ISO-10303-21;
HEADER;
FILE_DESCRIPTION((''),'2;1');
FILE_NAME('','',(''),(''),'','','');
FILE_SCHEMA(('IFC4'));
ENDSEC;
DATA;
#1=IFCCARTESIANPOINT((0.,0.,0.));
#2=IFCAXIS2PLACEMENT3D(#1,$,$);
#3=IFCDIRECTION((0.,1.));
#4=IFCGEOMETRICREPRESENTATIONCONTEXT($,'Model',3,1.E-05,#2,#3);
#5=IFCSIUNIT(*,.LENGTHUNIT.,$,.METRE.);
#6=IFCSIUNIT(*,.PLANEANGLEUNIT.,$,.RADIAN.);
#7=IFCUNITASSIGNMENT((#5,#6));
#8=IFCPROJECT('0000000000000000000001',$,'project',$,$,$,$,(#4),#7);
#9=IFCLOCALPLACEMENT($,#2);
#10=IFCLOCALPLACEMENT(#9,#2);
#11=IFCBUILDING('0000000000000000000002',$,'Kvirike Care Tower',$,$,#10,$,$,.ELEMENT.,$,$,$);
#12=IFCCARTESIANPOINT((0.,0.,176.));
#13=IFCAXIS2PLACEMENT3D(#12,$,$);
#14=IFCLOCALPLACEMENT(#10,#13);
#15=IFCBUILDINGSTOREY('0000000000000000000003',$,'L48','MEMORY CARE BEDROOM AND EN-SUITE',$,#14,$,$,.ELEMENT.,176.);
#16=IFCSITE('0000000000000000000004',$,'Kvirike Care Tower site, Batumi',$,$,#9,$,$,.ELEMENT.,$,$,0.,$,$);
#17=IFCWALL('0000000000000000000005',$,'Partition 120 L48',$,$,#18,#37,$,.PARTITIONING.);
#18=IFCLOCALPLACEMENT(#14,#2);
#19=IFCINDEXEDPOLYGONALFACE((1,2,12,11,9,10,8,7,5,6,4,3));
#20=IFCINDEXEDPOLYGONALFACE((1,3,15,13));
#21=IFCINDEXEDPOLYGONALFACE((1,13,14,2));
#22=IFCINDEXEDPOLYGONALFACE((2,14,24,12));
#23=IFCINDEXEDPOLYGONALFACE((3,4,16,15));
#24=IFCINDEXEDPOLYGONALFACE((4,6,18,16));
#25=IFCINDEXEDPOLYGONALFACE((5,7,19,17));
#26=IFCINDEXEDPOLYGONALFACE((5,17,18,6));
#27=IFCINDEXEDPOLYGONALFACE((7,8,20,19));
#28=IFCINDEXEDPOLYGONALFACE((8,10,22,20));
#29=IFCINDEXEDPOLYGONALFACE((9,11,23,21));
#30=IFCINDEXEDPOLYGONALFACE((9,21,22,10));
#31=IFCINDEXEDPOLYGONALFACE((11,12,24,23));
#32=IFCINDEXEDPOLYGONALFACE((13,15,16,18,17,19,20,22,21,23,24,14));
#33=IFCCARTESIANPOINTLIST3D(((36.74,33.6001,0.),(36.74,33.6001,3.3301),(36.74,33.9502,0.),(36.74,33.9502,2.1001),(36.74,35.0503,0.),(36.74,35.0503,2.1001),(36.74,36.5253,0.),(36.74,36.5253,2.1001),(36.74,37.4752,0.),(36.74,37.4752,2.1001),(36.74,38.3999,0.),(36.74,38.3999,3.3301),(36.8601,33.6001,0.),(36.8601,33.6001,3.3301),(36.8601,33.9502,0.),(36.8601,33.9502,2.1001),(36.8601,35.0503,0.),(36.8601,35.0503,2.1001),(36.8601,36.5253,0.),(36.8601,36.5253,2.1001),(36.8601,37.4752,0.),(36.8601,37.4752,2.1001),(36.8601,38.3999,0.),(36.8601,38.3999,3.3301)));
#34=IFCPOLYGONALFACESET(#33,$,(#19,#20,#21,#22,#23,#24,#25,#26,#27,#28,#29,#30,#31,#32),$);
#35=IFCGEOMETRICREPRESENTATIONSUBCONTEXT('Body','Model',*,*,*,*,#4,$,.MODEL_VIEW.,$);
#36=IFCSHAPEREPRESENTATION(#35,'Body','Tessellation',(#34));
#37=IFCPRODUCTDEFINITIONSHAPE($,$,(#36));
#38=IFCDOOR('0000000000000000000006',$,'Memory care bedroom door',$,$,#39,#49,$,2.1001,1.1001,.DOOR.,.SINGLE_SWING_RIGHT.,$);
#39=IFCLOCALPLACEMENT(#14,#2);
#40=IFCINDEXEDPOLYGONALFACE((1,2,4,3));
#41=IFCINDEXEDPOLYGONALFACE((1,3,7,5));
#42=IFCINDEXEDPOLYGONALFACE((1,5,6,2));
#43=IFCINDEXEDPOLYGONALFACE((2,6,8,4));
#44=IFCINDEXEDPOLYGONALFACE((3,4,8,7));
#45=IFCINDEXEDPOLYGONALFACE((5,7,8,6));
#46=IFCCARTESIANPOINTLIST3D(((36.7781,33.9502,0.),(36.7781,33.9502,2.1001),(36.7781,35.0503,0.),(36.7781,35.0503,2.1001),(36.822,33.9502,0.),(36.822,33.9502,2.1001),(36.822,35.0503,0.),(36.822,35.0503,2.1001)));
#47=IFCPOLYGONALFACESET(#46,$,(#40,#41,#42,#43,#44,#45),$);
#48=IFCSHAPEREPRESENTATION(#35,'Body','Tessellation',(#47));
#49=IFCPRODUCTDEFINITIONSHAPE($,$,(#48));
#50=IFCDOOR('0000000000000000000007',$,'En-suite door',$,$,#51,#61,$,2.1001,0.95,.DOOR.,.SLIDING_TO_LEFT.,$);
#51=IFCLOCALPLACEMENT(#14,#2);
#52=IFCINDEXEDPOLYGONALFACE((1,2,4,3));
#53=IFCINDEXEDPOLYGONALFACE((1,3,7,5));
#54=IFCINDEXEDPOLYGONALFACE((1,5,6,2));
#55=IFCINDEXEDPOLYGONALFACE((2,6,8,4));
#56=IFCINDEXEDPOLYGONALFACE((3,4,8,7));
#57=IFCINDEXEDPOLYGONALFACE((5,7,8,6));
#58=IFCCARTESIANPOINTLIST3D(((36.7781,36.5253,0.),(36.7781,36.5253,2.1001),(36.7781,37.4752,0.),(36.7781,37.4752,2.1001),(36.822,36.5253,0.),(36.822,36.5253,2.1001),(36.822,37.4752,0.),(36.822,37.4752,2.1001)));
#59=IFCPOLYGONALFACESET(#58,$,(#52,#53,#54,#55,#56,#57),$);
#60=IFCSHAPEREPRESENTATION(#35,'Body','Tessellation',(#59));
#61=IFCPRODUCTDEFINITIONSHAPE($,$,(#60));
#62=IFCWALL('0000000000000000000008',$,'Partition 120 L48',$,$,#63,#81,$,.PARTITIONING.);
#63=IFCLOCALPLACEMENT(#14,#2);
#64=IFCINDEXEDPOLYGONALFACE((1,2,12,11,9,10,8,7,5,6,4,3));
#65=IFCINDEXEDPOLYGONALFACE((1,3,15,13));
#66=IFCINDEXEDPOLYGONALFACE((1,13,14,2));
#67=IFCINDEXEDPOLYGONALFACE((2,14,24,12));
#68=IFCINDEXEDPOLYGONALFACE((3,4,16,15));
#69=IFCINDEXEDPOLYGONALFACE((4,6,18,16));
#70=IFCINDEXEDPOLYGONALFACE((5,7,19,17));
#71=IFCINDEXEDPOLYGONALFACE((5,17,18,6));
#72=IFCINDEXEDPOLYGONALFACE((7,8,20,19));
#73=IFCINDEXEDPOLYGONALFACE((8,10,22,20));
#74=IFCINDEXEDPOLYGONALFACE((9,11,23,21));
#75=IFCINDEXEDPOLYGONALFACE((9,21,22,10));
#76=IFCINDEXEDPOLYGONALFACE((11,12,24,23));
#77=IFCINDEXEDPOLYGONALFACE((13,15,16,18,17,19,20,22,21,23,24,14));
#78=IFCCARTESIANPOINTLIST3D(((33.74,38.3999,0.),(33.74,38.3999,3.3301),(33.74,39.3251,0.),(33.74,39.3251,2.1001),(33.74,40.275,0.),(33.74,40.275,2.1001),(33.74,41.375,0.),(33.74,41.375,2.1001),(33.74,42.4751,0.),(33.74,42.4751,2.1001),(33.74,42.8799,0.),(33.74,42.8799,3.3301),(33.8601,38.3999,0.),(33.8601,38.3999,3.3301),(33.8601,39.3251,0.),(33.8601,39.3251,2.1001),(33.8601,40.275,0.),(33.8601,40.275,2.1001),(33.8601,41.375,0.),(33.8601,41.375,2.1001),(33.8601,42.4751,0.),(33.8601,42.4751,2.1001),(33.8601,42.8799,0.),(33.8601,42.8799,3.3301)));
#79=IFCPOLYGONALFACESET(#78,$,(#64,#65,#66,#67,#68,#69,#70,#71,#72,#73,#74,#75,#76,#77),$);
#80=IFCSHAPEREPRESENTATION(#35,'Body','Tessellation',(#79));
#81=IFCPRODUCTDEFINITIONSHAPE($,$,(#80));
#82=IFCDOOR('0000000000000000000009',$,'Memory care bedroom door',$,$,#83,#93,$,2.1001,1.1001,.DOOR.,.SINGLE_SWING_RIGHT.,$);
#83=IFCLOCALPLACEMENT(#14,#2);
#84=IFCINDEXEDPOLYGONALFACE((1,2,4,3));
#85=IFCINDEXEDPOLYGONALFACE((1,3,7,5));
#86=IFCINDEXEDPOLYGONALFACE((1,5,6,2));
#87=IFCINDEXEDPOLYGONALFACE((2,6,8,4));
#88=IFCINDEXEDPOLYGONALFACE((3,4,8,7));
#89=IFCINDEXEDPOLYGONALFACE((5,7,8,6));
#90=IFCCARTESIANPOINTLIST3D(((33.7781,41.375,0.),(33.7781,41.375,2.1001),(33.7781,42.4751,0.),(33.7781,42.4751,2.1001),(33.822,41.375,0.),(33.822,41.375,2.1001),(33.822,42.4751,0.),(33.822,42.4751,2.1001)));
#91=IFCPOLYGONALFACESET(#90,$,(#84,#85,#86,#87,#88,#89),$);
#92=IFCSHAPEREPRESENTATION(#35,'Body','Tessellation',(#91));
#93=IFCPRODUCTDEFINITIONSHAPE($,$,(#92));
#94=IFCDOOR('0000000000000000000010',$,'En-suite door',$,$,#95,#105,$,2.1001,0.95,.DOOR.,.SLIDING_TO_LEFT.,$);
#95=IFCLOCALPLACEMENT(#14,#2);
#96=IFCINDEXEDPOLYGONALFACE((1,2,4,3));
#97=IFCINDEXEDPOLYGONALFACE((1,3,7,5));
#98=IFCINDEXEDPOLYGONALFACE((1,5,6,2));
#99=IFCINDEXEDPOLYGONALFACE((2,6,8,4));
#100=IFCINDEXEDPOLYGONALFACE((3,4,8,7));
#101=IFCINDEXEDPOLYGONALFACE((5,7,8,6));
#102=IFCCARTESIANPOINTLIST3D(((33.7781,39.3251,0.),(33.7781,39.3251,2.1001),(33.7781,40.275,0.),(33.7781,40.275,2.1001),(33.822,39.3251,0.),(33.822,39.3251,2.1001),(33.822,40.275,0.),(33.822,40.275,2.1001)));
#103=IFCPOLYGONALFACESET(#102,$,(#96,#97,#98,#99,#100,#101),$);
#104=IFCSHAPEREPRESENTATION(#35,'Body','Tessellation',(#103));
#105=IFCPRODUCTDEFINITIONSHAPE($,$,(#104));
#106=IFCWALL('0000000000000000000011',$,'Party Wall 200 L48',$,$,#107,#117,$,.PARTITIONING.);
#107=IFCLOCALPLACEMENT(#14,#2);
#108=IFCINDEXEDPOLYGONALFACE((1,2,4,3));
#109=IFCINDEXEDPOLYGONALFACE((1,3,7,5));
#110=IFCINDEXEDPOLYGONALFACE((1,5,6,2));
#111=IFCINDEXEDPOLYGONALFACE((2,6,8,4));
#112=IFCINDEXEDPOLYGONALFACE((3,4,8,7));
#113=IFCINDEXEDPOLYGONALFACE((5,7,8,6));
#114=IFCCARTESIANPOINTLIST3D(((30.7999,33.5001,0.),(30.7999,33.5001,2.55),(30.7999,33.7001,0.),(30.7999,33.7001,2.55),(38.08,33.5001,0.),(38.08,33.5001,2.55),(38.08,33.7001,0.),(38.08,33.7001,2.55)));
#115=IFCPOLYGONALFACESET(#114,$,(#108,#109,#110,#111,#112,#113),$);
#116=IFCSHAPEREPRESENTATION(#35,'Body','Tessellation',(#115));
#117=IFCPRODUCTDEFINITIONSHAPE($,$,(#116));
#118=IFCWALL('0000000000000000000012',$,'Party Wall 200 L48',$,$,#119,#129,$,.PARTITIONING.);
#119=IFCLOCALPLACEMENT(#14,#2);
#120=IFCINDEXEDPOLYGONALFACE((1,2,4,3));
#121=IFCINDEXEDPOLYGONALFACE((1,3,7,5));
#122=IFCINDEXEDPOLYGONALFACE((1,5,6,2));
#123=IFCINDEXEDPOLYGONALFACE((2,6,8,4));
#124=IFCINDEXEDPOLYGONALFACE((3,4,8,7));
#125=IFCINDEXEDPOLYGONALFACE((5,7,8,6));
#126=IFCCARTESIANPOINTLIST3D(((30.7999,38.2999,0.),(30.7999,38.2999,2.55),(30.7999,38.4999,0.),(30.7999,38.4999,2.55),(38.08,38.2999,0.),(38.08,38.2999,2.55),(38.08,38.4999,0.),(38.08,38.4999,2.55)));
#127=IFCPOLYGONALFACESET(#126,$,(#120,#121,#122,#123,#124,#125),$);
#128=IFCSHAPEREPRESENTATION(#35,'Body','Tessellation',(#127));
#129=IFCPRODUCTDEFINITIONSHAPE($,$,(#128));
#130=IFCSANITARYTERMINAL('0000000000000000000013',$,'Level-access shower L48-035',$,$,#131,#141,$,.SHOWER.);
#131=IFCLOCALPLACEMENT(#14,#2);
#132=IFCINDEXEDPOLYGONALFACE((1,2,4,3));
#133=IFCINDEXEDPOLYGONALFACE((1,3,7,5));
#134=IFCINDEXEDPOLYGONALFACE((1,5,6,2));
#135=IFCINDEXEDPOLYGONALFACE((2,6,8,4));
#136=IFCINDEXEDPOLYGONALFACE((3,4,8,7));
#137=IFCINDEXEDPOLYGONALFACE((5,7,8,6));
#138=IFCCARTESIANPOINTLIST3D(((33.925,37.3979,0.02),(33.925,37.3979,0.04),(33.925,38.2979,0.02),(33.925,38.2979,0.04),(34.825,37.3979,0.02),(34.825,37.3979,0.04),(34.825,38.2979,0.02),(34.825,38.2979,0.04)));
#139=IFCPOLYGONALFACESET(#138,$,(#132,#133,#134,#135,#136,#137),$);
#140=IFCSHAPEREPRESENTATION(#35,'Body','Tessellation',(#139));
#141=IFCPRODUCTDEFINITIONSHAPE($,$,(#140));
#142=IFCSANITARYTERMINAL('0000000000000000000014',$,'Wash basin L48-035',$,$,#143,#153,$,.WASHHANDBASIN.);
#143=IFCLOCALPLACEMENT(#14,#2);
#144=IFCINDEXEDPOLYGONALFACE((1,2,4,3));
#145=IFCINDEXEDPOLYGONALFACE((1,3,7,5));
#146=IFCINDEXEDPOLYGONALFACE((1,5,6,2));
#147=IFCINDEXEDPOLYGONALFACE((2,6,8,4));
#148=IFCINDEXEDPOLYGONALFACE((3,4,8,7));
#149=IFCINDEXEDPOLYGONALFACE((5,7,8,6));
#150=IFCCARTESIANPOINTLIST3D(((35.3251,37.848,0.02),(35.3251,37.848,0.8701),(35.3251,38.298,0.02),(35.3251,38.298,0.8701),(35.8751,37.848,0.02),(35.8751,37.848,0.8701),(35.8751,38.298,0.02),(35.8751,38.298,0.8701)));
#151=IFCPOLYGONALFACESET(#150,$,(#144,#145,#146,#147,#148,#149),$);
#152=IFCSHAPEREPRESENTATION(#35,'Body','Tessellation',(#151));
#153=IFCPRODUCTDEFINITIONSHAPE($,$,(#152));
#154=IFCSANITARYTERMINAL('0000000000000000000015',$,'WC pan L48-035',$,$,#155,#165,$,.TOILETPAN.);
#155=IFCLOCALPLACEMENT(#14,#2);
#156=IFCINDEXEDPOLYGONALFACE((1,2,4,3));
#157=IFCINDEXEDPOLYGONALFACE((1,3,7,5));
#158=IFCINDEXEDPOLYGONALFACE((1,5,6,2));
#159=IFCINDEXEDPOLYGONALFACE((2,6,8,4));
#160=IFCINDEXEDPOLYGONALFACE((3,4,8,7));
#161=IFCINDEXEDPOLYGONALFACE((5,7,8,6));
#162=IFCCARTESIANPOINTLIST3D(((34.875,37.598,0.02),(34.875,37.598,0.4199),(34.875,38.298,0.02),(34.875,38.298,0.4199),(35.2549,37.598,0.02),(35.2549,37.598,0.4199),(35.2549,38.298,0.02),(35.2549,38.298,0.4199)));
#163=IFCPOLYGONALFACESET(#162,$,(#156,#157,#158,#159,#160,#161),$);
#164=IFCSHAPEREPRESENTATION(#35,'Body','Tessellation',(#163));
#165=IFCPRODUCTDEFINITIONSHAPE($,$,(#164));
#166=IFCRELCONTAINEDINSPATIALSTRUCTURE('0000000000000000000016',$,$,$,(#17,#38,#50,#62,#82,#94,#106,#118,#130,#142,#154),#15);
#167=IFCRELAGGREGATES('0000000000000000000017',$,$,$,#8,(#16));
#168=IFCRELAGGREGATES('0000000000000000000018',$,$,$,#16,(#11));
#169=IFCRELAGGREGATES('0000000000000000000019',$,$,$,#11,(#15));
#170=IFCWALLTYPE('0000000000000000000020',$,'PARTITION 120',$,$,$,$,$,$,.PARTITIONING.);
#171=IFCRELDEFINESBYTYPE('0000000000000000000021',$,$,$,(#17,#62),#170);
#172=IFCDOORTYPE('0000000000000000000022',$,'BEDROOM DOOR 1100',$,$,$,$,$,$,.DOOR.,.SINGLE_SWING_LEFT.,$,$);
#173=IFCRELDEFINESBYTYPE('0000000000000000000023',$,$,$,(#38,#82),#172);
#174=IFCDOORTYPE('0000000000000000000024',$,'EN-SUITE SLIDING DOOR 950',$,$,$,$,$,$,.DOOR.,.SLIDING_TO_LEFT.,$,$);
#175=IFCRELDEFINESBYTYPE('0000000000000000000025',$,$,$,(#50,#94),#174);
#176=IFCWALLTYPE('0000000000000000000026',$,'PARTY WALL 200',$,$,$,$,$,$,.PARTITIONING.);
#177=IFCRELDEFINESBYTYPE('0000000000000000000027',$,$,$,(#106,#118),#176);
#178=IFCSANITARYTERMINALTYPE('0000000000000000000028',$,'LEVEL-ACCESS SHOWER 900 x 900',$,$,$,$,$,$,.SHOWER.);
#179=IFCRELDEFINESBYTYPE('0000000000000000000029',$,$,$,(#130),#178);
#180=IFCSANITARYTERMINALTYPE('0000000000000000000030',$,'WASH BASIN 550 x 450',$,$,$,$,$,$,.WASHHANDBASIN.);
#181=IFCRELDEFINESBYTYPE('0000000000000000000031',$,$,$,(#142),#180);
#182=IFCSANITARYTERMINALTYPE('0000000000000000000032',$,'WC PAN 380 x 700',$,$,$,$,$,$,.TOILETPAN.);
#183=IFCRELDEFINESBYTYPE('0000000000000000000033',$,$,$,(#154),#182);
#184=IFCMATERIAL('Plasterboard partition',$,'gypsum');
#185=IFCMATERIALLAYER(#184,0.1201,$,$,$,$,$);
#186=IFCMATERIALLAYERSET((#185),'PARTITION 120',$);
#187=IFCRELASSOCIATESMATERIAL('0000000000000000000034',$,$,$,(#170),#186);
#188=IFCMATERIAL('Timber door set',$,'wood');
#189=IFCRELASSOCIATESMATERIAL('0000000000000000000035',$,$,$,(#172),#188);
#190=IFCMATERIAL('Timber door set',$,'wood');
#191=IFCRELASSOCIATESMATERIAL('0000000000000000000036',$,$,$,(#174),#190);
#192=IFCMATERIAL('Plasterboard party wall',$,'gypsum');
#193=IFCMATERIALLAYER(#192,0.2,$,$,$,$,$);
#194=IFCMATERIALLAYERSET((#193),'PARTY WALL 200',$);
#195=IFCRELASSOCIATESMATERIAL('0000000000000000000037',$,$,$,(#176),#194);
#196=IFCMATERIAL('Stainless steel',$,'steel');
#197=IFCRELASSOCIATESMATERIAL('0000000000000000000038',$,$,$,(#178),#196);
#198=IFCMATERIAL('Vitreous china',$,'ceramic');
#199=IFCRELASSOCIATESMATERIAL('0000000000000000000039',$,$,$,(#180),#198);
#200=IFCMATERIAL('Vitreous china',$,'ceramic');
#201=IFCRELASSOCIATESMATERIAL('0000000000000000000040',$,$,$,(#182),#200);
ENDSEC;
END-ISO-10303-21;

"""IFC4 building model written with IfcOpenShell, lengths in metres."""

from ifc_helpers import new_model, si_unit, direction, frame, frame_2d, origin, origin_2d, place, context, subcontext, project, spatial, rectangle, extrude, material, layer, layer_set, type_object, element, fill, save


model = new_model("IFC4")

# Units and contexts
model_context = context("Model", 3, precision=1e-05, world=origin(), true_north=direction((0.0, 1.0)))
body_context = subcontext(model_context, "Body", "Model", "MODEL_VIEW")
ifc_project = project(units=[si_unit("LENGTHUNIT", "METRE"), si_unit("PLANEANGLEUNIT", "RADIAN")], contexts=[model_context])

# Site, building, storey
site_placement = place(None, origin())
site = spatial("IfcSite", under=ifc_project, at=site_placement, Name="Kvirike Care Tower site, Batumi", CompositionType="ELEMENT", RefElevation=0.0)
building_placement = place(site_placement, origin())
building = spatial("IfcBuilding", under=site, at=building_placement, Name="Kvirike Care Tower", CompositionType="ELEMENT")
storey_placement = place(building_placement, frame((0.0, 0.0, 176.0)))
storey = spatial("IfcBuildingStorey", under=building, at=storey_placement, Name="L48", Description="MEMORY CARE BEDROOM AND EN-SUITE", CompositionType="ELEMENT", Elevation=176.0)

# Walls, openings, doors
ifc_material_1 = material(Name="Plasterboard partition", Category="gypsum")
ifc_layer_1 = layer(ifc_material_1, 0.1201)
ifc_layer_set_1 = layer_set([ifc_layer_1], Name="PARTITION 120")
wall_type_1 = type_object("IfcWallType", Name="PARTITION 120", PredefinedType="PARTITIONING", material=ifc_layer_set_1)
wall_1_placement = place(storey_placement, frame((36.8, 33.6001, 0.0), z_axis=(0.0, 0.0, 1.0), x_axis=(0.0, 1.0, 0.0)))
wall_1 = element("IfcWall", 1, at=wall_1_placement, inside=storey, type_object=wall_type_1, Name="Partition 120 L48", PredefinedType="PARTITIONING", context=body_context, shape_type="SweptSolid", body=[
    extrude(rectangle(XDim=4.7998, YDim=0.1201, at=frame_2d((2.3999, 0.0))), origin(), (0.0, 0.0, 1.0), 3.3301),
])
opening_1_placement = place(wall_1_placement, frame((0.3501, 0.0, 0.0)))
opening_1 = element("IfcOpeningElement", 2, at=opening_1_placement, cuts=wall_1, PredefinedType="OPENING", context=body_context, shape_type="SweptSolid", body=[
    extrude(rectangle(XDim=1.1001, YDim=2.1001, at=frame_2d((0.55, 1.05))), frame((0.0, 0.0706, 0.0), z_axis=(0.0, -1.0, 0.0), x_axis=(1.0, 0.0, 0.0)), (0.0, 0.0, 1.0), 0.1411),
])
opening_2_placement = place(wall_1_placement, frame((2.925, 0.0, 0.0)))
opening_2 = element("IfcOpeningElement", 3, at=opening_2_placement, cuts=wall_1, PredefinedType="OPENING", context=body_context, shape_type="SweptSolid", body=[
    extrude(rectangle(XDim=0.95, YDim=2.1001, at=frame_2d((0.4751, 1.05))), frame((0.0, 0.0706, 0.0), z_axis=(0.0, -1.0, 0.0), x_axis=(1.0, 0.0, 0.0)), (0.0, 0.0, 1.0), 0.1411),
])
ifc_material_2 = material(Name="Timber door set", Category="wood")
door_type_1 = type_object("IfcDoorType", Name="BEDROOM DOOR 1100", OperationType="SINGLE_SWING_LEFT", PredefinedType="DOOR", material=ifc_material_2)
door_1_placement = place(opening_1_placement, origin())
door_1 = element("IfcDoor", 4, at=door_1_placement, inside=storey, type_object=door_type_1, Name="Memory care bedroom door", OperationType="SINGLE_SWING_RIGHT", OverallHeight=2.1001, OverallWidth=1.1001, PredefinedType="DOOR", context=body_context, shape_type="SweptSolid", body=[
    extrude(rectangle(XDim=1.1001, YDim=2.1001, at=frame_2d((0.55, 1.05))), frame((0.0, 0.022, 0.0), z_axis=(0.0, -1.0, 0.0), x_axis=(1.0, 0.0, 0.0)), (0.0, 0.0, 1.0), 0.0439),
])
fill(opening_1, door_1)
ifc_material_3 = material(Name="Timber door set", Category="wood")
door_type_2 = type_object("IfcDoorType", Name="EN-SUITE SLIDING DOOR 950", OperationType="SLIDING_TO_LEFT", PredefinedType="DOOR", material=ifc_material_3)
door_2_placement = place(opening_2_placement, origin())
door_2 = element("IfcDoor", 5, at=door_2_placement, inside=storey, type_object=door_type_2, Name="En-suite door", OperationType="SLIDING_TO_LEFT", OverallHeight=2.1001, OverallWidth=0.95, PredefinedType="DOOR", context=body_context, shape_type="SweptSolid", body=[
    extrude(rectangle(XDim=0.95, YDim=2.1001, at=frame_2d((0.4751, 1.05))), frame((0.0, 0.022, 0.0), z_axis=(0.0, -1.0, 0.0), x_axis=(1.0, 0.0, 0.0)), (0.0, 0.0, 1.0), 0.0439),
])
fill(opening_2, door_2)
wall_2_placement = place(storey_placement, frame((33.8, 38.3999, 0.0), z_axis=(0.0, 0.0, 1.0), x_axis=(0.0, 1.0, 0.0)))
wall_2 = element("IfcWall", 6, at=wall_2_placement, inside=storey, type_object=wall_type_1, Name="Partition 120 L48", PredefinedType="PARTITIONING", context=body_context, shape_type="SweptSolid", body=[
    extrude(rectangle(XDim=4.48, YDim=0.1201, at=frame_2d((2.24, 0.0))), origin(), (0.0, 0.0, 1.0), 3.3301),
])
opening_3_placement = place(wall_2_placement, frame((2.9751, 0.0, 0.0)))
opening_3 = element("IfcOpeningElement", 7, at=opening_3_placement, cuts=wall_2, PredefinedType="OPENING", context=body_context, shape_type="SweptSolid", body=[
    extrude(rectangle(XDim=1.1001, YDim=2.1001, at=frame_2d((0.55, 1.05))), frame((0.0, 0.0706, 0.0), z_axis=(0.0, -1.0, 0.0), x_axis=(1.0, 0.0, 0.0)), (0.0, 0.0, 1.0), 0.1411),
])
opening_4_placement = place(wall_2_placement, frame((0.925, 0.0, 0.0)))
opening_4 = element("IfcOpeningElement", 8, at=opening_4_placement, cuts=wall_2, PredefinedType="OPENING", context=body_context, shape_type="SweptSolid", body=[
    extrude(rectangle(XDim=0.95, YDim=2.1001, at=frame_2d((0.4751, 1.05))), frame((0.0, 0.0706, 0.0), z_axis=(0.0, -1.0, 0.0), x_axis=(1.0, 0.0, 0.0)), (0.0, 0.0, 1.0), 0.1411),
])
door_3_placement = place(opening_3_placement, origin())
door_3 = element("IfcDoor", 9, at=door_3_placement, inside=storey, type_object=door_type_1, Name="Memory care bedroom door", OperationType="SINGLE_SWING_RIGHT", OverallHeight=2.1001, OverallWidth=1.1001, PredefinedType="DOOR", context=body_context, shape_type="SweptSolid", body=[
    extrude(rectangle(XDim=1.1001, YDim=2.1001, at=frame_2d((0.55, 1.05))), frame((0.0, 0.022, 0.0), z_axis=(0.0, -1.0, 0.0), x_axis=(1.0, 0.0, 0.0)), (0.0, 0.0, 1.0), 0.0439),
])
fill(opening_3, door_3)
door_4_placement = place(opening_4_placement, origin())
door_4 = element("IfcDoor", 10, at=door_4_placement, inside=storey, type_object=door_type_2, Name="En-suite door", OperationType="SLIDING_TO_LEFT", OverallHeight=2.1001, OverallWidth=0.95, PredefinedType="DOOR", context=body_context, shape_type="SweptSolid", body=[
    extrude(rectangle(XDim=0.95, YDim=2.1001, at=frame_2d((0.4751, 1.05))), frame((0.0, 0.022, 0.0), z_axis=(0.0, -1.0, 0.0), x_axis=(1.0, 0.0, 0.0)), (0.0, 0.0, 1.0), 0.0439),
])
fill(opening_4, door_4)

# Walls
ifc_material_4 = material(Name="Plasterboard party wall", Category="gypsum")
ifc_layer_2 = layer(ifc_material_4, 0.2)
ifc_layer_set_2 = layer_set([ifc_layer_2], Name="PARTY WALL 200")
wall_type_2 = type_object("IfcWallType", Name="PARTY WALL 200", PredefinedType="PARTITIONING", material=ifc_layer_set_2)
for number, where, z_axis, x_axis, name in (
    (11, (38.0801, 33.6001, 0.0), (0.0, 0.0, 1.0), (-1.0, 0.0, 0.0), "Party Wall 200 L48"),
    (12, (38.0801, 38.3999, 0.0), (0.0, 0.0, 1.0), (-1.0, 0.0, 0.0), "Party Wall 200 L48"),
):
    element("IfcWall", number, at=place(storey_placement, frame(where, z_axis=z_axis, x_axis=x_axis)), inside=storey, type_object=wall_type_2, Name=name, PredefinedType="PARTITIONING", context=body_context, shape_type="SweptSolid", body=[
        extrude(rectangle(XDim=7.28, YDim=0.2, at=frame_2d((3.6401, 0.0))), origin(), (0.0, 0.0, 1.0), 2.55),
    ])

# Sanitary terminals
ifc_material_5 = material(Name="Stainless steel", Category="steel")
sanitary_terminal_type_1 = type_object("IfcSanitaryTerminalType", Name="LEVEL-ACCESS SHOWER 900 x 900", PredefinedType="SHOWER", material=ifc_material_5)
sanitary_terminal_1_placement = place(storey_placement, frame((34.375, 37.8479, 0.02), z_axis=(0.0, 0.0, 1.0), x_axis=(1.0, 0.0, 0.0)))
element("IfcSanitaryTerminal", 13, at=sanitary_terminal_1_placement, inside=storey, type_object=sanitary_terminal_type_1, Name="Level-access shower L48-035", PredefinedType="SHOWER", context=body_context, shape_type="SweptSolid", body=[
    extrude(rectangle(XDim=0.8999, YDim=0.8999, at=origin_2d()), origin(), (0.0, 0.0, 1.0), 0.02),
])
ifc_material_6 = material(Name="Vitreous china", Category="ceramic")
sanitary_terminal_type_2 = type_object("IfcSanitaryTerminalType", Name="WASH BASIN 550 x 450", PredefinedType="WASHHANDBASIN", material=ifc_material_6)
sanitary_terminal_2_placement = place(storey_placement, frame((35.6001, 38.073, 0.02), z_axis=(0.0, 0.0, 1.0), x_axis=(1.0, 0.0, 0.0)))
element("IfcSanitaryTerminal", 14, at=sanitary_terminal_2_placement, inside=storey, type_object=sanitary_terminal_type_2, Name="Wash basin L48-035", PredefinedType="WASHHANDBASIN", context=body_context, shape_type="SweptSolid", body=[
    extrude(rectangle(XDim=0.55, YDim=0.45, at=origin_2d()), origin(), (0.0, 0.0, 1.0), 0.8501),
])
ifc_material_7 = material(Name="Vitreous china", Category="ceramic")
sanitary_terminal_type_3 = type_object("IfcSanitaryTerminalType", Name="WC PAN 380 x 700", PredefinedType="TOILETPAN", material=ifc_material_7)
sanitary_terminal_3_placement = place(storey_placement, frame((35.0649, 37.948, 0.02), z_axis=(0.0, 0.0, 1.0), x_axis=(1.0, 0.0, 0.0)))
element("IfcSanitaryTerminal", 15, at=sanitary_terminal_3_placement, inside=storey, type_object=sanitary_terminal_type_3, Name="WC pan L48-035", PredefinedType="TOILETPAN", context=body_context, shape_type="SweptSolid", body=[
    extrude(rectangle(XDim=0.3799, YDim=0.7, at=origin_2d()), origin(), (0.0, 0.0, 1.0), 0.3999),
])

save(model, "model.ifc")
